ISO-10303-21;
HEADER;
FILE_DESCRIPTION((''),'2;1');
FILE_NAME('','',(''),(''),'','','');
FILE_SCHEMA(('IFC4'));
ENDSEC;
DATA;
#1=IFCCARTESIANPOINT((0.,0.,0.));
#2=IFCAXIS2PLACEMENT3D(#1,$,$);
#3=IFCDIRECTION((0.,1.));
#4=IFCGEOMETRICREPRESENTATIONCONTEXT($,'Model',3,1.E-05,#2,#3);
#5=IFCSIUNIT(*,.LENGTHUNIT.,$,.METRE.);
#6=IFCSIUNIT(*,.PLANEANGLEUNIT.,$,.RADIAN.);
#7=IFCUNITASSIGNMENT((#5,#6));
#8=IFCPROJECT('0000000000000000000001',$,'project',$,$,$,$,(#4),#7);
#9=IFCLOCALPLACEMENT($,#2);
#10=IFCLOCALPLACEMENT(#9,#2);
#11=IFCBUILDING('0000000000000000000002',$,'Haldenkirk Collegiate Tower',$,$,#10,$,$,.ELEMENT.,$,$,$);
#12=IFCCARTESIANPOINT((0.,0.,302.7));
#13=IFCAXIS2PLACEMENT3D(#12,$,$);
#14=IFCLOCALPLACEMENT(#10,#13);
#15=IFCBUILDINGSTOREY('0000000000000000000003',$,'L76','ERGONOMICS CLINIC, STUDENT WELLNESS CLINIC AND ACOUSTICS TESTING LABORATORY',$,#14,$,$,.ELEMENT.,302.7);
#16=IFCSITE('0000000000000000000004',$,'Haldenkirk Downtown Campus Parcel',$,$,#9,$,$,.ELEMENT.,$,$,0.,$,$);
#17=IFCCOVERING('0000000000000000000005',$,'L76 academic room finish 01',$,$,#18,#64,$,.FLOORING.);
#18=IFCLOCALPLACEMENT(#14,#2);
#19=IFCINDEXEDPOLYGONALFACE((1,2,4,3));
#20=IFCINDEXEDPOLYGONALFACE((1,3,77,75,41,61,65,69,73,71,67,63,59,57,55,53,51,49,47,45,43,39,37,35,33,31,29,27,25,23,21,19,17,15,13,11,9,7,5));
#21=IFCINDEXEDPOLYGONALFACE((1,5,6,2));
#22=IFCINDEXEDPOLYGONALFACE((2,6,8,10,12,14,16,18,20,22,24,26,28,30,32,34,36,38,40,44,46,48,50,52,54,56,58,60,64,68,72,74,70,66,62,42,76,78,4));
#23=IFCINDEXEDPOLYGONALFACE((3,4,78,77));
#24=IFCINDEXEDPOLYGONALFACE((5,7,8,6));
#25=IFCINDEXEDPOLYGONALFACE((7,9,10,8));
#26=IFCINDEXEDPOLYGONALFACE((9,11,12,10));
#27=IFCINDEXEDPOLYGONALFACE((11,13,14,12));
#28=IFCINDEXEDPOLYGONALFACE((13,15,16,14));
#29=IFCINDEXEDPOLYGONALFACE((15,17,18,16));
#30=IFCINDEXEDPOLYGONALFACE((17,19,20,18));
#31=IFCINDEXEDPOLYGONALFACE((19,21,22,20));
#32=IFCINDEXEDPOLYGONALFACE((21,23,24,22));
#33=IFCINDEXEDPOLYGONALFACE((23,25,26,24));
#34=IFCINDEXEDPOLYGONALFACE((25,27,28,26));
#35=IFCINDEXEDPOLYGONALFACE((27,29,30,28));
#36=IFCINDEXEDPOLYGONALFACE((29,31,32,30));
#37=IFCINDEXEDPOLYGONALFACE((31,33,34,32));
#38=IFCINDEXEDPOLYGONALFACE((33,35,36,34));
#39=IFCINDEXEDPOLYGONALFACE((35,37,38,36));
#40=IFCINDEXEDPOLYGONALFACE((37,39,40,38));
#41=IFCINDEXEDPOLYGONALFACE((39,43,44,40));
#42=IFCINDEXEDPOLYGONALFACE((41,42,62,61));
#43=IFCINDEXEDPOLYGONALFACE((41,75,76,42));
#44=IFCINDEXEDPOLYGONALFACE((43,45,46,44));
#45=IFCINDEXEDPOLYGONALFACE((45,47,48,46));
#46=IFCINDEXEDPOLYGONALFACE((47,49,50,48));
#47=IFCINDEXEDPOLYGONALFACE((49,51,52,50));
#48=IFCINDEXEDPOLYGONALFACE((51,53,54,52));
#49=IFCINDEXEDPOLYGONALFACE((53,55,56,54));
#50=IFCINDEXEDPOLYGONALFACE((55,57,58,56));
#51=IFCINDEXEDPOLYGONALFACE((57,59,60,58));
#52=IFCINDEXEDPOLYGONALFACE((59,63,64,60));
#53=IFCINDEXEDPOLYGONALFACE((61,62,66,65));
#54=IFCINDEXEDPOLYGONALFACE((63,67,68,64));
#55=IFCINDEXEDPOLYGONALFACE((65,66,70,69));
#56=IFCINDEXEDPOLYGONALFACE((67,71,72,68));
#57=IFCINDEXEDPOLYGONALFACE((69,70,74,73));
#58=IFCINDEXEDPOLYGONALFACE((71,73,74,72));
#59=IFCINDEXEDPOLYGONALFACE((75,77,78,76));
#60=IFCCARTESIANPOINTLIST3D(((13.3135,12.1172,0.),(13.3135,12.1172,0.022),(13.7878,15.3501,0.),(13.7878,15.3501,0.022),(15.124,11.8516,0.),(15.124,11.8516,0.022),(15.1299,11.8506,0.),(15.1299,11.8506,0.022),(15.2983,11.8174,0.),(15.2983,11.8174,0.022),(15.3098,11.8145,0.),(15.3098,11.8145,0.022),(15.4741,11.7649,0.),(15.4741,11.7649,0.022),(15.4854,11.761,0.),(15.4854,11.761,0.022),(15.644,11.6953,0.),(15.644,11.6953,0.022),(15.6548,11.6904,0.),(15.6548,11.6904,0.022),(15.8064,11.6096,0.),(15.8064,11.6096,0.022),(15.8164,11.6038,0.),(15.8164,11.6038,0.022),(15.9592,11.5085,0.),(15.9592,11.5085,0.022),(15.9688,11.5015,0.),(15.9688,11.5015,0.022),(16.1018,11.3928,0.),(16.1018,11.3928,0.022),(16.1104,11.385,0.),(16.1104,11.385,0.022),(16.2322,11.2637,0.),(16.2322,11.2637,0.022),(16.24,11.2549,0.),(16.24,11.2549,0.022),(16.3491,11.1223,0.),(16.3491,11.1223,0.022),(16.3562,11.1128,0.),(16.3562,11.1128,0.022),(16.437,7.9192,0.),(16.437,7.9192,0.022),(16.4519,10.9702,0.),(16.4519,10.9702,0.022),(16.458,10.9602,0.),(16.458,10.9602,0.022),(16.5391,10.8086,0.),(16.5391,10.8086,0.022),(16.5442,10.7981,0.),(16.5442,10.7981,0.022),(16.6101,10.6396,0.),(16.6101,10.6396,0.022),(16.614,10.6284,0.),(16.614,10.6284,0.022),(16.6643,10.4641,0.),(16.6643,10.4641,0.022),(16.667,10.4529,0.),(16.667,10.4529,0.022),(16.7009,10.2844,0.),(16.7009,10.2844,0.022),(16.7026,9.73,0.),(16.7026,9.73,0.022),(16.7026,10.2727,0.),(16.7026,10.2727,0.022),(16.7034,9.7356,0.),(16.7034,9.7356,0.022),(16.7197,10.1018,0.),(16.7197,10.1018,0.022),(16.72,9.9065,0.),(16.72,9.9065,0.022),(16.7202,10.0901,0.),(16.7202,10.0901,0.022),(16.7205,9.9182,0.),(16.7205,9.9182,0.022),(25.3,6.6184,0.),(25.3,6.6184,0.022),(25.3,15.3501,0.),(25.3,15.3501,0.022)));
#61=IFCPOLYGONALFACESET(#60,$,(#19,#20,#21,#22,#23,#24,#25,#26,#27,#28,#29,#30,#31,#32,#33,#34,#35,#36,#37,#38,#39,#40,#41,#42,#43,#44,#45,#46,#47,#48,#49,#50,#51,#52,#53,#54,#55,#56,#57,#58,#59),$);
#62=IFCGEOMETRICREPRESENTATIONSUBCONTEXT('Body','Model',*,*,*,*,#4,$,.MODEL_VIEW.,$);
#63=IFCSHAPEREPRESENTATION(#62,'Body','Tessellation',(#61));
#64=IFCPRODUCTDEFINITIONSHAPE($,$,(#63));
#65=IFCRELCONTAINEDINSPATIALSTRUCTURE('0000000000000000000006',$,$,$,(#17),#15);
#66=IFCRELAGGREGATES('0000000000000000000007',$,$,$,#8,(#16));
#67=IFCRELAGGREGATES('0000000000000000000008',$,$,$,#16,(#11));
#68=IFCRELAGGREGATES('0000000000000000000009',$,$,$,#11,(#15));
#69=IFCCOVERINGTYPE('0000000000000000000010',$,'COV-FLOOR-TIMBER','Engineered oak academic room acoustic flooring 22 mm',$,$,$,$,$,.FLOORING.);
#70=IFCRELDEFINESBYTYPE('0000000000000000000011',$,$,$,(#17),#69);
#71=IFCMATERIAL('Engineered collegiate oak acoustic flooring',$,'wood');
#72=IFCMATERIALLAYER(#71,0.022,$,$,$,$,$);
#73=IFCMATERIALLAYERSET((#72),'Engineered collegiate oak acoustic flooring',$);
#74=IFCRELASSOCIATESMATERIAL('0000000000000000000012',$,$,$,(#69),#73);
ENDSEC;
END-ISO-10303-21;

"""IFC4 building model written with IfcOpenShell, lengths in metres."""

from ifc_helpers import new_model, si_unit, direction, frame, origin, place, context, subcontext, project, spatial, polyline, outline, extrude, material, layer, layer_set, type_object, element, save


model = new_model("IFC4")

# Units and contexts
model_context = context("Model", 3, precision=1e-05, world=origin(), true_north=direction((0.0, 1.0)))
body_context = subcontext(model_context, "Body", "Model", "MODEL_VIEW")
ifc_project = project(units=[si_unit("LENGTHUNIT", "METRE"), si_unit("PLANEANGLEUNIT", "RADIAN")], contexts=[model_context])

# Site, building, storey
site_placement = place(None, origin())
site = spatial("IfcSite", under=ifc_project, at=site_placement, Name="Haldenkirk Downtown Campus Parcel", CompositionType="ELEMENT", RefElevation=0.0)
building_placement = place(site_placement, origin())
building = spatial("IfcBuilding", under=site, at=building_placement, Name="Haldenkirk Collegiate Tower", CompositionType="ELEMENT")
storey_placement = place(building_placement, frame((0.0, 0.0, 302.7)))
storey = spatial("IfcBuildingStorey", under=building, at=storey_placement, Name="L76", Description="ERGONOMICS CLINIC, STUDENT WELLNESS CLINIC AND ACOUSTICS TESTING LABORATORY", CompositionType="ELEMENT", Elevation=302.7)

# Covering
ifc_material_1 = material(Name="Engineered collegiate oak acoustic flooring", Category="wood")
ifc_layer_1 = layer(ifc_material_1, 0.022)
ifc_layer_set_1 = layer_set([ifc_layer_1], Name="Engineered collegiate oak acoustic flooring")
covering_type_1 = type_object("IfcCoveringType", Name="COV-FLOOR-TIMBER", Description="Engineered oak academic room acoustic flooring 22 mm", PredefinedType="FLOORING", material=ifc_layer_set_1)
covering_1_placement = place(storey_placement, origin())
element("IfcCovering", 1, at=covering_1_placement, inside=storey, type_object=covering_type_1, Name="L76 academic room finish 01", PredefinedType="FLOORING", context=body_context, shape_type="SweptSolid", body=[
    extrude(outline(polyline([(16.437, 7.9192), (16.7026, 9.73), (16.7034, 9.7356), (16.72, 9.9065), (16.7205, 9.9182), (16.7202, 10.0901), (16.7197, 10.1018), (16.7026, 10.2727), (16.7009, 10.2844), (16.667, 10.4529), (16.6643, 10.4641), (16.614, 10.6284), (16.6101, 10.6396), (16.5442, 10.7981), (16.5391, 10.8086), (16.458, 10.9602), (16.4519, 10.9702), (16.3562, 11.1128), (16.3491, 11.1223), (16.24, 11.2549), (16.2322, 11.2637), (16.1104, 11.385), (16.1018, 11.3928), (15.9688, 11.5015), (15.9592, 11.5085), (15.8164, 11.6038), (15.8064, 11.6096), (15.6548, 11.6904), (15.644, 11.6953), (15.4854, 11.761), (15.4741, 11.7649), (15.3098, 11.8145), (15.2983, 11.8174), (15.1299, 11.8506), (15.124, 11.8516), (13.3135, 12.1172), (13.7878, 15.3501), (25.3, 15.3501), (25.3, 6.6184), (16.437, 7.9192)])), origin(), (0.0, 0.0, 1.0), 0.022),
])

save(model, "model.ifc")
